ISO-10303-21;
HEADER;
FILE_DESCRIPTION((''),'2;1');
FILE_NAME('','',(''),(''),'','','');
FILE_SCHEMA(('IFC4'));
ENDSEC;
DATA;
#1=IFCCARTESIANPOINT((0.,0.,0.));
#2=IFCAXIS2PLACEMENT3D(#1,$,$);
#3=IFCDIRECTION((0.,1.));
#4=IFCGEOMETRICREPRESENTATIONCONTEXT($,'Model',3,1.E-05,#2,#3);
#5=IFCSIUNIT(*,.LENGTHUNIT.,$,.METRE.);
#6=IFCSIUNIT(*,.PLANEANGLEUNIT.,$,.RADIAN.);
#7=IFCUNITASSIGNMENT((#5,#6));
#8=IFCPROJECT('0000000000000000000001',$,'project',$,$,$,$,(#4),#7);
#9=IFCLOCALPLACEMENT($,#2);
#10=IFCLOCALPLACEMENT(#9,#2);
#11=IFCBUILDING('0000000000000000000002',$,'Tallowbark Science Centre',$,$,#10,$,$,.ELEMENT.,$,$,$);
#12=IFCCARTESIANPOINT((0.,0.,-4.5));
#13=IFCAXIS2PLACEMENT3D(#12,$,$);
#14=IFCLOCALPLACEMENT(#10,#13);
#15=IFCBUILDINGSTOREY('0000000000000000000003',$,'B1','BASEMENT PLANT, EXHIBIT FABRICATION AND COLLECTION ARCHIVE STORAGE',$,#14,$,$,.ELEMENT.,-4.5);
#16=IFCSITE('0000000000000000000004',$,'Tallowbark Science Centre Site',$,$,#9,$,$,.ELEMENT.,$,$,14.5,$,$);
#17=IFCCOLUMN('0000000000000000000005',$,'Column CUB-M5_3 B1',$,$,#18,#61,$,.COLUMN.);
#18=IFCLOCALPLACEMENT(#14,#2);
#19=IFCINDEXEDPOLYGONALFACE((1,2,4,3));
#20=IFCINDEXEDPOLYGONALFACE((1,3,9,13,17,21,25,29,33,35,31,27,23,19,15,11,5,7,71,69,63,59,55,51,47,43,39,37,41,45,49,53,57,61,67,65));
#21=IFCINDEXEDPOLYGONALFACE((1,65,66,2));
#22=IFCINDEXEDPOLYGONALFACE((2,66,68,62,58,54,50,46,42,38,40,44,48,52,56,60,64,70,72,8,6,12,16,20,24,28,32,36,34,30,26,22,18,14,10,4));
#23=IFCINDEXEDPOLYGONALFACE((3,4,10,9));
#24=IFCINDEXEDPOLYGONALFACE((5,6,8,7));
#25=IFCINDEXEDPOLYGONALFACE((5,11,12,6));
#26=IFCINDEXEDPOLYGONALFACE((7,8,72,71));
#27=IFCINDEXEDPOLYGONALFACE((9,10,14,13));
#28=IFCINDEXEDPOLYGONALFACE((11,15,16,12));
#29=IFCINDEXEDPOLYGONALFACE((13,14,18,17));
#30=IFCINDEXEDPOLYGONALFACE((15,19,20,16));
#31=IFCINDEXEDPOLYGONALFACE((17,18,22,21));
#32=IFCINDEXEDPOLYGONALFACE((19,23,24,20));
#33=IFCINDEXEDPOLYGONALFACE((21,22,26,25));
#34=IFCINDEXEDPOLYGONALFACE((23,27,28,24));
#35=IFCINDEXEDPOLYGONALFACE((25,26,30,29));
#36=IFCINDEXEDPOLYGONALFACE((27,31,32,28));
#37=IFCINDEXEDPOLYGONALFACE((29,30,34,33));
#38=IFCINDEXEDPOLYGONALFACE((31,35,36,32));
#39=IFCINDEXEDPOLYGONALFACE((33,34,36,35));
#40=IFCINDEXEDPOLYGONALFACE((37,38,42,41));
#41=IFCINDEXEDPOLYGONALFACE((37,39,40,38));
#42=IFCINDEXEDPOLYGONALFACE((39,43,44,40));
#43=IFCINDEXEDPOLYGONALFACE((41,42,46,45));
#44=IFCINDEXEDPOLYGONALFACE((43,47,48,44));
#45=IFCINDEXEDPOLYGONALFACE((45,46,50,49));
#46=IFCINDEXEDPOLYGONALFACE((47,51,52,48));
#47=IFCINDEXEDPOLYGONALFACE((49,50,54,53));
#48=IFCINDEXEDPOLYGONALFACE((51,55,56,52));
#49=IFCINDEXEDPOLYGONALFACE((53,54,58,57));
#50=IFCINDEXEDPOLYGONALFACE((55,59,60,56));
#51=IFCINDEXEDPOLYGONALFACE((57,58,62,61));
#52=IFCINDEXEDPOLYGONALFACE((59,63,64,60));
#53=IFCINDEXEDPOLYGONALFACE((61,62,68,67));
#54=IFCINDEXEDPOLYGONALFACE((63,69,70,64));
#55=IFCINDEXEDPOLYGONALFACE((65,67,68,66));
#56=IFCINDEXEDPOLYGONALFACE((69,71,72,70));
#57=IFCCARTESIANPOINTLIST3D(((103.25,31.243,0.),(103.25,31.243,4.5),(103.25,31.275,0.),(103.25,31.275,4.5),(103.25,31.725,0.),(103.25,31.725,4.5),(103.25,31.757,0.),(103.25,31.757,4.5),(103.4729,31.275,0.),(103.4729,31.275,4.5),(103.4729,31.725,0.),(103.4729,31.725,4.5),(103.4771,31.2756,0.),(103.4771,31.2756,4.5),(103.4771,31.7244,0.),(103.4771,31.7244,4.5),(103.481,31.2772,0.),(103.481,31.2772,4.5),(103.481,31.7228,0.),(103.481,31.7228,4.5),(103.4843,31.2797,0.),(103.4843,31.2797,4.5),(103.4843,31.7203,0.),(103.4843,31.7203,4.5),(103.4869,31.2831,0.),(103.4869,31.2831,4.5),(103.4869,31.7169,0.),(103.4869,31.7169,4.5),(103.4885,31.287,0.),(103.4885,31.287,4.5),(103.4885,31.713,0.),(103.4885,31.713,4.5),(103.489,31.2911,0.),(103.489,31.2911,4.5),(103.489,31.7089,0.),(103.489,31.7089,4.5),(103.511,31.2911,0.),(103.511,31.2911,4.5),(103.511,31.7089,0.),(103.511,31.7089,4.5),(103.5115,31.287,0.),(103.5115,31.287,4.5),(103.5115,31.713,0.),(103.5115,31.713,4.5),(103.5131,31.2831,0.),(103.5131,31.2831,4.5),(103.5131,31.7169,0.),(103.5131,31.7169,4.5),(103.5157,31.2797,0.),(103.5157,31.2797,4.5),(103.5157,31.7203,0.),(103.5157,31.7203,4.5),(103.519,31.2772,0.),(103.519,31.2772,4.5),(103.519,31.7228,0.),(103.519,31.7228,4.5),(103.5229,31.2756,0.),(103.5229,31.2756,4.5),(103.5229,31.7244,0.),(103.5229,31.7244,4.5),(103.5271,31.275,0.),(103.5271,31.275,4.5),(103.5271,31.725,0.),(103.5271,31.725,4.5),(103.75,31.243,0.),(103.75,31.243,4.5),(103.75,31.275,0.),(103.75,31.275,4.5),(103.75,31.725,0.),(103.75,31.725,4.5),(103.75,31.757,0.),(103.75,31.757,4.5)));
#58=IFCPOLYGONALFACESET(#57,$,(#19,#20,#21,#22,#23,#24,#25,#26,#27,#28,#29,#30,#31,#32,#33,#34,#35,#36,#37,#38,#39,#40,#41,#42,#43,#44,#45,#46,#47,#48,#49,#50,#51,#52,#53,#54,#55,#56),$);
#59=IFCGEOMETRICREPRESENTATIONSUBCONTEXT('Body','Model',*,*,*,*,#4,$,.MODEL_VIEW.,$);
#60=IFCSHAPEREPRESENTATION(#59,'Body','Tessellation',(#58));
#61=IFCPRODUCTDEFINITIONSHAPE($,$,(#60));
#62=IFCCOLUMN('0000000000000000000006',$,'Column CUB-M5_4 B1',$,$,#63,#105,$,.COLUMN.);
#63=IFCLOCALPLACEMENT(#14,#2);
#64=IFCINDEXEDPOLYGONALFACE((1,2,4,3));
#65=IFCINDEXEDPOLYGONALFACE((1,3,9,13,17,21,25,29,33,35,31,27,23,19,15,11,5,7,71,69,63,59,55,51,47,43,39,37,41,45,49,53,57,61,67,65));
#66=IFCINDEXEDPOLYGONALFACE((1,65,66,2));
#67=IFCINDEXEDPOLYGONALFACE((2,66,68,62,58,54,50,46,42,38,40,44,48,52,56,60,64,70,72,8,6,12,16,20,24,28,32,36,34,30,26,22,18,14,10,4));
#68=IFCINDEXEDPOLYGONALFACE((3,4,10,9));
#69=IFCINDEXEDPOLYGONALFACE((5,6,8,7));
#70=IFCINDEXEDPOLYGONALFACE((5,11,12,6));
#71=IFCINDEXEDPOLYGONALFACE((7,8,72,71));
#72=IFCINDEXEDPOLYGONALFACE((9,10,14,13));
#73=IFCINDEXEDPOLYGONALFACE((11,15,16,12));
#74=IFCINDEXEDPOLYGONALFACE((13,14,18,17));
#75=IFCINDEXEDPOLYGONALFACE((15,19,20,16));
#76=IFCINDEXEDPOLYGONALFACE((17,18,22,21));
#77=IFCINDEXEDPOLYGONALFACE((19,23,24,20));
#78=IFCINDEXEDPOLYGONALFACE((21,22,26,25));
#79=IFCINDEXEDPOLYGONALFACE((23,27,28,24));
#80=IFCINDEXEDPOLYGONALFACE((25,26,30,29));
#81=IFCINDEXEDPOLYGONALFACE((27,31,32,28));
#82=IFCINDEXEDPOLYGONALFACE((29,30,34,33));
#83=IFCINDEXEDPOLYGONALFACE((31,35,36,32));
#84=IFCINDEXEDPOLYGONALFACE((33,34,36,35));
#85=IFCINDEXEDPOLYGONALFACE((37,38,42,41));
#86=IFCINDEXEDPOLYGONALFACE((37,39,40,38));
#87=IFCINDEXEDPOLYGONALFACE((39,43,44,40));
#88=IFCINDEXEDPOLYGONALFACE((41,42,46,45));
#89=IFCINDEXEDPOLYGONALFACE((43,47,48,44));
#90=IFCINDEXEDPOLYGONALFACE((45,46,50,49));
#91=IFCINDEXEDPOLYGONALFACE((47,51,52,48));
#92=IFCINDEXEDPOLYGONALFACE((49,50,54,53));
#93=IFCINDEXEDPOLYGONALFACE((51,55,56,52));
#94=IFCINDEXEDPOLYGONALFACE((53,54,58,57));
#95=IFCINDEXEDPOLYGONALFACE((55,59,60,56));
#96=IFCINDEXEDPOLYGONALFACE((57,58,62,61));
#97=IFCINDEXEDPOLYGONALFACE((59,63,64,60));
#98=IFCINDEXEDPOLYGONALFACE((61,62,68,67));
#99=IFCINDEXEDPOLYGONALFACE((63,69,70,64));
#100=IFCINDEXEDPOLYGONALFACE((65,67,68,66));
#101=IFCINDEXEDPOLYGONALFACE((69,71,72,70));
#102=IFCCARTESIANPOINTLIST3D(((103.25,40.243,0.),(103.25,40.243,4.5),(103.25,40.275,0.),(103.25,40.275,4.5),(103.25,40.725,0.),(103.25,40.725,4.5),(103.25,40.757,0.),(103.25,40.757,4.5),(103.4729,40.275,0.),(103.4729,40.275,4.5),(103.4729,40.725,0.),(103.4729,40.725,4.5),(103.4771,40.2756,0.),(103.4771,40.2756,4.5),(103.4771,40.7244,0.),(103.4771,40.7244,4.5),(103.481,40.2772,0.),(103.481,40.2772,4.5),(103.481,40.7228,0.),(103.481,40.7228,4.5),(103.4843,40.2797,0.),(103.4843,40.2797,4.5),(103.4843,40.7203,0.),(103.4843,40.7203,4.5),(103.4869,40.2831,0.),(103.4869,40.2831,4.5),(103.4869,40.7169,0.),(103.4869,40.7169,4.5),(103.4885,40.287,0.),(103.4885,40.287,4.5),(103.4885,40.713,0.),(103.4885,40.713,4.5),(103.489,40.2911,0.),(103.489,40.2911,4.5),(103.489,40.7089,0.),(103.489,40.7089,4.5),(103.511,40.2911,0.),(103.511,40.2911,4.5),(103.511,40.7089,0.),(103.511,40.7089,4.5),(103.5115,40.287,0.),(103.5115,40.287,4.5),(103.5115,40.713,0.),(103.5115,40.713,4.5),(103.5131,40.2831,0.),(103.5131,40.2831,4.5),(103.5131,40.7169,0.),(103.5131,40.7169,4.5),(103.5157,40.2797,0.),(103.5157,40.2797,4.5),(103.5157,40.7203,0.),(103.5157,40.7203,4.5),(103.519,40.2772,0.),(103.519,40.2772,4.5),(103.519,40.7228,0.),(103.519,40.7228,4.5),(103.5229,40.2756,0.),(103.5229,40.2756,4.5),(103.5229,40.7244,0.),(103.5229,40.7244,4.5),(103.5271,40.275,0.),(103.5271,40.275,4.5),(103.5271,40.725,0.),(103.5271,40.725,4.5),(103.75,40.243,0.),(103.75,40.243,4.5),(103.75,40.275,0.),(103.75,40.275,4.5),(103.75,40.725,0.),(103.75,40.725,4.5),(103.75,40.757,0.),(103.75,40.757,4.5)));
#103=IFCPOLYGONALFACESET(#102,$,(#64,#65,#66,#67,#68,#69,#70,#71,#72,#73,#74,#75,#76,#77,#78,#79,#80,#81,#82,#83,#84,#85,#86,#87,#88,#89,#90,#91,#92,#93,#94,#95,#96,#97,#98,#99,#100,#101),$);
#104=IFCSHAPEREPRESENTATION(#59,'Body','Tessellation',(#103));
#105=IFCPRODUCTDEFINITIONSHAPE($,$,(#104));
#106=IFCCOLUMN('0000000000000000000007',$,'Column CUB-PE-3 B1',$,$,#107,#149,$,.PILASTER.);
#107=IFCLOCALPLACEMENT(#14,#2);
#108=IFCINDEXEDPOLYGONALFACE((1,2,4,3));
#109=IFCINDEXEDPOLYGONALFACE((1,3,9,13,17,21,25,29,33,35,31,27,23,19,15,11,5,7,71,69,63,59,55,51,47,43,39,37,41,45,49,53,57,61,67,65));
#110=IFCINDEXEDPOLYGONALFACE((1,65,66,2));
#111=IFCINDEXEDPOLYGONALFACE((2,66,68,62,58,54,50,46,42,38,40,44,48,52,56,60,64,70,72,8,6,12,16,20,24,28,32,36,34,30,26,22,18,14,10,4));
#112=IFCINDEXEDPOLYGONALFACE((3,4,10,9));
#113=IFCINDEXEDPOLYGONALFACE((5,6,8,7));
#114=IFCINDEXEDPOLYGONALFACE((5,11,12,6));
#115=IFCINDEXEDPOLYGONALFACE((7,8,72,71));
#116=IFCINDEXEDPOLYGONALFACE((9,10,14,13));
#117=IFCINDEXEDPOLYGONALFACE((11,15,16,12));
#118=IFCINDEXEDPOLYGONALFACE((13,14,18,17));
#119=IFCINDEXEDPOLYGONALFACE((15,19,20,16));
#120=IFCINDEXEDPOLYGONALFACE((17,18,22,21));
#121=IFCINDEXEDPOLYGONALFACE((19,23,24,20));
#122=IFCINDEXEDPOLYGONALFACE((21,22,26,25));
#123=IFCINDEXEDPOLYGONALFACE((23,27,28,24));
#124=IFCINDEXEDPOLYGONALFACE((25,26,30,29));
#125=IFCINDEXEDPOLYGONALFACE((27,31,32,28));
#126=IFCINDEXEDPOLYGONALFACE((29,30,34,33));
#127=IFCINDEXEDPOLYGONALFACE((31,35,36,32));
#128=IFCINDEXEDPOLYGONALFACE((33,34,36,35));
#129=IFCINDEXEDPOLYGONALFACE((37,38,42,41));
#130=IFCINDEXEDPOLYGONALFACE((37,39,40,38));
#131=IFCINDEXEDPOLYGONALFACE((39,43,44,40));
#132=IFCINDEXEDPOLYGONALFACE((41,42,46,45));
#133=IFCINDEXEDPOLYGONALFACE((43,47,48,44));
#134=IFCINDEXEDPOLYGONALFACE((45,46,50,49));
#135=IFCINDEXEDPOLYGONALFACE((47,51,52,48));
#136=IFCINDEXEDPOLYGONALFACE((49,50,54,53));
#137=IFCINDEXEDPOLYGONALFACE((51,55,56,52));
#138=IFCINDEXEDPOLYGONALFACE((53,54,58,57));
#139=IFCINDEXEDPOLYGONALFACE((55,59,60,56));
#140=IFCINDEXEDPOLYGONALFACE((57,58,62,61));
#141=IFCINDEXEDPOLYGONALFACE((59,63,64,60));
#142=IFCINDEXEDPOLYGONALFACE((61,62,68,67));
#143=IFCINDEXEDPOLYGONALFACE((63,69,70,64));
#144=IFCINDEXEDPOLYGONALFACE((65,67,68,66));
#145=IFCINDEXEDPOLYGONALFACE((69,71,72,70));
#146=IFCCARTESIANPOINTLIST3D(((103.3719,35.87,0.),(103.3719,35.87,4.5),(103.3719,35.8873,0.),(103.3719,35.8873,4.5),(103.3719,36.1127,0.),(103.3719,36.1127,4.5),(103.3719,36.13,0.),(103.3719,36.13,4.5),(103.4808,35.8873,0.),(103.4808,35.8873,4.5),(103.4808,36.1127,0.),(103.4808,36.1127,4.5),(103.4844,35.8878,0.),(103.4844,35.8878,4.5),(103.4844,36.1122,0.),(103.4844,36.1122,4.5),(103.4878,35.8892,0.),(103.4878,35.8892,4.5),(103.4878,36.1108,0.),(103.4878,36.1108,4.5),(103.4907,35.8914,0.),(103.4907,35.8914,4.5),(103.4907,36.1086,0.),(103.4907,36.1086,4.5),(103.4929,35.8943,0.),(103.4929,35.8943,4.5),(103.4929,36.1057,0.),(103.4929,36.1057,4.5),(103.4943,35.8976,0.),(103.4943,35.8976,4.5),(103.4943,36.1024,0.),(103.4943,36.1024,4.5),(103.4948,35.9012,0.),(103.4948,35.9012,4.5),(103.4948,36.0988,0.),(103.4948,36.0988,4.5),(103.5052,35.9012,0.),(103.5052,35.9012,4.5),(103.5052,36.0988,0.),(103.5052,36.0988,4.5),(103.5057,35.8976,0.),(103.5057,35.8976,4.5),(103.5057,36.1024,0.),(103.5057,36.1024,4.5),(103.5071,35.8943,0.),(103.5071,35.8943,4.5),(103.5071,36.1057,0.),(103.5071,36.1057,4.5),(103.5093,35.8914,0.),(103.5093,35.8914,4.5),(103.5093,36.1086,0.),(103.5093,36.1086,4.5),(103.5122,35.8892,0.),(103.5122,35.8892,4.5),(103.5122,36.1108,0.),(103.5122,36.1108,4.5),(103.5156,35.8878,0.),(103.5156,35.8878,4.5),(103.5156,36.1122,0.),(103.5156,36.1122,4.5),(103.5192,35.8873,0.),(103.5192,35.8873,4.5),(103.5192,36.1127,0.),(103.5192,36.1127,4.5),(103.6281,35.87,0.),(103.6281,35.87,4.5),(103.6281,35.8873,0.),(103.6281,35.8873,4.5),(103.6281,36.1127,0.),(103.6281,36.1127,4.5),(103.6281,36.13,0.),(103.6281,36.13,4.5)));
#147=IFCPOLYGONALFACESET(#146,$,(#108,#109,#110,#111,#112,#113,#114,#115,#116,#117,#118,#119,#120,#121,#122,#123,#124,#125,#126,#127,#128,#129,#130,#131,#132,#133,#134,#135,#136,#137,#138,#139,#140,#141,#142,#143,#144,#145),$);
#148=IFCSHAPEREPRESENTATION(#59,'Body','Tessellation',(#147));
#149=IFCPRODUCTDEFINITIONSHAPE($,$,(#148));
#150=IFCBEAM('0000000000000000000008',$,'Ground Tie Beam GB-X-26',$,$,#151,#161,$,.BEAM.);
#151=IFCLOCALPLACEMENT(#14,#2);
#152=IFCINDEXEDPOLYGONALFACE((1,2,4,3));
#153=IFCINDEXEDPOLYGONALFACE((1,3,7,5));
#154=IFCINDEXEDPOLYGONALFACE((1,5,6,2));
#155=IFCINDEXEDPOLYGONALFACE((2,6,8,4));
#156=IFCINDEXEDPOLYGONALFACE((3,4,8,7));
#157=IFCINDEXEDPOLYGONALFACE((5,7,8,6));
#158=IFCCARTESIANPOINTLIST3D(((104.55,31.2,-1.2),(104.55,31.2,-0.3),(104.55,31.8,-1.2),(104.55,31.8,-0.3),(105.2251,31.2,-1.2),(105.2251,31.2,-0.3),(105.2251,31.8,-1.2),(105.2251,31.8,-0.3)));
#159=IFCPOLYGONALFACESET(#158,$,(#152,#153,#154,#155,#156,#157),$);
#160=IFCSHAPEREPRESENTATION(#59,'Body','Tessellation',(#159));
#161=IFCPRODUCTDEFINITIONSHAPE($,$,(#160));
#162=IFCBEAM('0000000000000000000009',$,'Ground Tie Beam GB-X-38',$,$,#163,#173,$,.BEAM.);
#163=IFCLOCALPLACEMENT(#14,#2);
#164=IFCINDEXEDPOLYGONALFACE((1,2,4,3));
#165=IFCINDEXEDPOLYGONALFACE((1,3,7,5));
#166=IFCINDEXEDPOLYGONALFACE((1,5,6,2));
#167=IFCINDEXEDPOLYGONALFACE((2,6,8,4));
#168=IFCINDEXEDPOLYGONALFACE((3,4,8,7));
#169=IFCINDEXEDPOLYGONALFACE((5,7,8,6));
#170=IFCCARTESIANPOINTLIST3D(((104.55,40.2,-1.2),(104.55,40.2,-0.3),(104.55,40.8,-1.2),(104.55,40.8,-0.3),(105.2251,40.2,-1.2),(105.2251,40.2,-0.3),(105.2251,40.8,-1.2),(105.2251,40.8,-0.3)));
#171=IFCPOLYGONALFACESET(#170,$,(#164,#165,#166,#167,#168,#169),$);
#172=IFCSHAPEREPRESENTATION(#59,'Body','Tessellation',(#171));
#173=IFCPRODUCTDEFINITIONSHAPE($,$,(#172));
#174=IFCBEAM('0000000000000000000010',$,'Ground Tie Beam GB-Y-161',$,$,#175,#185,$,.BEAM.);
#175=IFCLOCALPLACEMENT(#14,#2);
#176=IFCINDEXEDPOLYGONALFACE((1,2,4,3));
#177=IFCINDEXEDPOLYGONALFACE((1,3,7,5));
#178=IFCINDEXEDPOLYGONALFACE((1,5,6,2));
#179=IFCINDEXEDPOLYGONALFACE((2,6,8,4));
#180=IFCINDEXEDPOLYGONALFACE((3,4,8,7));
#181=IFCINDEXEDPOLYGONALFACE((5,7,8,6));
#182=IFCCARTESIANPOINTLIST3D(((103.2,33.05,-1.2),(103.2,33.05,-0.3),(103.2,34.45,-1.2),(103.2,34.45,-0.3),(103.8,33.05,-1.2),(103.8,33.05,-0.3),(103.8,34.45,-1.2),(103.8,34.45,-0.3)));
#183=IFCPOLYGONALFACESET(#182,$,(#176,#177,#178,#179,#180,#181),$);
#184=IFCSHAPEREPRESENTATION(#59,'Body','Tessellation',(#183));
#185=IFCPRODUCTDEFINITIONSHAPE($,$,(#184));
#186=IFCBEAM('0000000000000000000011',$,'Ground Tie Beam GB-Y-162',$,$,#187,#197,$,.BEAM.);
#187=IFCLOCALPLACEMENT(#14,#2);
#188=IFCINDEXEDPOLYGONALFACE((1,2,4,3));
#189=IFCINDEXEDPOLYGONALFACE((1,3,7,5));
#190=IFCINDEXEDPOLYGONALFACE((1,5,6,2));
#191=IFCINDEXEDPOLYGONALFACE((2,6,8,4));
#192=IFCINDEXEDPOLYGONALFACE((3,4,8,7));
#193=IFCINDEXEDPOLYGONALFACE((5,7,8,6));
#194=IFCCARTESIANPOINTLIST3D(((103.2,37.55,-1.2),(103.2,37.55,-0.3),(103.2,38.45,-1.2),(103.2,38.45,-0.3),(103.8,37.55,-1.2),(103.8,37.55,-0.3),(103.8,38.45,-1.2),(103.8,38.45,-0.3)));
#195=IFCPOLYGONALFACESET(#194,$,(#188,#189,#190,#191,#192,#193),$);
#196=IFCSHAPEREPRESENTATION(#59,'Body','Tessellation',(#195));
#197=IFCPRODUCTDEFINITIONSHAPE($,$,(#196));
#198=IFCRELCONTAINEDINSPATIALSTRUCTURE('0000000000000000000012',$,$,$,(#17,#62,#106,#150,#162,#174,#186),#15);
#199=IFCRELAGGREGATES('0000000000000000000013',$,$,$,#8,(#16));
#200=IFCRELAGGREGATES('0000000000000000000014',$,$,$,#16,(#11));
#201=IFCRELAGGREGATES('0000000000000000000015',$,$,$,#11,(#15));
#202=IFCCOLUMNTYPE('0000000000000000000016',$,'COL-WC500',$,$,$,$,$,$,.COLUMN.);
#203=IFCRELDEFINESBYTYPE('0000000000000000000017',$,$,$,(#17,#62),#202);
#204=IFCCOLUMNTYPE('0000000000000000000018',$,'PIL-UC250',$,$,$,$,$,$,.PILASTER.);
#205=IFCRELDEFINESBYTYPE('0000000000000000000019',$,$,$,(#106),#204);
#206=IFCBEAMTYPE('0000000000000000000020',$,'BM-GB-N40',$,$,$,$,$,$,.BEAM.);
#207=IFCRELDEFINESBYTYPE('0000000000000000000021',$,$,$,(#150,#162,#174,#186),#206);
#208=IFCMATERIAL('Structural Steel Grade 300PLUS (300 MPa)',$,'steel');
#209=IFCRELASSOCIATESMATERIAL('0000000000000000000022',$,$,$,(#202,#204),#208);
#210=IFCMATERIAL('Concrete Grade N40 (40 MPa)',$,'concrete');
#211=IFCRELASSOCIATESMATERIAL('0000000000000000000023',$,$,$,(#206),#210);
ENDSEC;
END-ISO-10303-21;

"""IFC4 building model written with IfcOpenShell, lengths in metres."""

from ifc_helpers import new_model, si_unit, direction, frame, origin, origin_2d, place, context, subcontext, project, spatial, rectangle, i_section, extrude, material, material_profile, profile_set, type_object, element, save


model = new_model("IFC4")

# Units and contexts
model_context = context("Model", 3, precision=1e-05, world=origin(), true_north=direction((0.0, 1.0)))
body_context = subcontext(model_context, "Body", "Model", "MODEL_VIEW")
ifc_project = project(units=[si_unit("LENGTHUNIT", "METRE"), si_unit("PLANEANGLEUNIT", "RADIAN")], contexts=[model_context])

# Site, building, storey
site_placement = place(None, origin())
site = spatial("IfcSite", under=ifc_project, at=site_placement, Name="Tallowbark Science Centre Site", CompositionType="ELEMENT", RefElevation=14.5)
building_placement = place(site_placement, origin())
building = spatial("IfcBuilding", under=site, at=building_placement, Name="Tallowbark Science Centre", CompositionType="ELEMENT")
storey_placement = place(building_placement, frame((0.0, 0.0, -4.5)))
storey = spatial("IfcBuildingStorey", under=building, at=storey_placement, Name="B1", Description="BASEMENT PLANT, EXHIBIT FABRICATION AND COLLECTION ARCHIVE STORAGE", CompositionType="ELEMENT", Elevation=-4.5)

# Shared definitions
ifc_material_1 = material(Name="Concrete Grade N40 (40 MPa)", Category="concrete")

# Columns
ifc_material_2 = material(Name="Structural Steel Grade 300PLUS (300 MPa)", Category="steel")
ifc_material_profile_1 = material_profile(ifc_material_2, i_section(OverallWidth=0.5, OverallDepth=0.5139, WebThickness=0.022, FlangeThickness=0.032, FilletRadius=0.0161, at=origin_2d()), Name="500WC340")
ifc_profile_set_1 = profile_set([ifc_material_profile_1], Name="Structural Steel Grade 300PLUS (300 MPa)")
column_type_1 = type_object("IfcColumnType", Name="COL-WC500", PredefinedType="COLUMN", material=ifc_profile_set_1)
for number, where, z_axis, x_axis, name in (
    (1, (103.5, 31.5, 0.0), (0.0, 0.0, 1.0), (1.0, 0.0, 0.0), "Column CUB-M5_3 B1"),
    (2, (103.5, 40.5, 0.0), (0.0, 0.0, 1.0), (1.0, 0.0, 0.0), "Column CUB-M5_4 B1"),
):
    element("IfcColumn", number, at=place(storey_placement, frame(where, z_axis=z_axis, x_axis=x_axis)), inside=storey, type_object=column_type_1, Name=name, PredefinedType="COLUMN", context=body_context, shape_type="SweptSolid", body=[
        extrude(i_section(OverallWidth=0.5, OverallDepth=0.5139, WebThickness=0.022, FlangeThickness=0.032, FilletRadius=0.0161, at=origin_2d()), origin(), (0.0, 0.0, 1.0), 4.5),
    ])
ifc_material_profile_2 = material_profile(ifc_material_2, i_section(OverallWidth=0.2561, OverallDepth=0.26, WebThickness=0.0105, FlangeThickness=0.0173, FilletRadius=0.0139, at=origin_2d()), Name="250UC89.5")
ifc_profile_set_2 = profile_set([ifc_material_profile_2], Name="Structural Steel Grade 300PLUS (300 MPa)")
column_type_2 = type_object("IfcColumnType", Name="PIL-UC250", PredefinedType="PILASTER", material=ifc_profile_set_2)
column_1_placement = place(storey_placement, frame((103.5, 36.0, 0.0), z_axis=(0.0, 0.0, 1.0), x_axis=(1.0, 0.0, 0.0)))
element("IfcColumn", 3, at=column_1_placement, inside=storey, type_object=column_type_2, Name="Column CUB-PE-3 B1", PredefinedType="PILASTER", context=body_context, shape_type="SweptSolid", body=[
    extrude(i_section(OverallWidth=0.2561, OverallDepth=0.26, WebThickness=0.0105, FlangeThickness=0.0173, FilletRadius=0.0139, at=origin_2d()), origin(), (0.0, 0.0, 1.0), 4.5),
])

# Beams
ifc_material_profile_3 = material_profile(ifc_material_1, rectangle(XDim=0.6001, YDim=0.8999, at=origin_2d()), Name="RC600x900")
ifc_profile_set_3 = profile_set([ifc_material_profile_3], Name="Concrete Grade N40 (40 MPa)")
beam_type = type_object("IfcBeamType", Name="BM-GB-N40", PredefinedType="BEAM", material=ifc_profile_set_3)
for number, where, z_axis, x_axis, name in (
    (4, (104.55, 31.5, -0.75), (1.0, 0.0, 0.0), (0.0, 1.0, 0.0), "Ground Tie Beam GB-X-26"),
    (5, (104.55, 40.5, -0.75), (1.0, 0.0, 0.0), (0.0, 1.0, 0.0), "Ground Tie Beam GB-X-38"),
):
    element("IfcBeam", number, at=place(storey_placement, frame(where, z_axis=z_axis, x_axis=x_axis)), inside=storey, type_object=beam_type, Name=name, PredefinedType="BEAM", context=body_context, shape_type="SweptSolid", body=[
        extrude(rectangle(XDim=0.6001, YDim=0.8999, at=origin_2d()), origin(), (0.0, 0.0, 1.0), 0.675),
    ])
beam_1_placement = place(storey_placement, frame((103.5, 33.05, -0.75), z_axis=(0.0, 1.0, 0.0), x_axis=(-1.0, 0.0, 0.0)))
element("IfcBeam", 6, at=beam_1_placement, inside=storey, type_object=beam_type, Name="Ground Tie Beam GB-Y-161", PredefinedType="BEAM", context=body_context, shape_type="SweptSolid", body=[
    extrude(rectangle(XDim=0.6001, YDim=0.8999, at=origin_2d()), origin(), (0.0, 0.0, 1.0), 1.3999),
])
beam_2_placement = place(storey_placement, frame((103.5, 37.55, -0.75), z_axis=(0.0, 1.0, 0.0), x_axis=(-1.0, 0.0, 0.0)))
element("IfcBeam", 7, at=beam_2_placement, inside=storey, type_object=beam_type, Name="Ground Tie Beam GB-Y-162", PredefinedType="BEAM", context=body_context, shape_type="SweptSolid", body=[
    extrude(rectangle(XDim=0.6001, YDim=0.8999, at=origin_2d()), origin(), (0.0, 0.0, 1.0), 0.8999),
])

save(model, "model.ifc")
